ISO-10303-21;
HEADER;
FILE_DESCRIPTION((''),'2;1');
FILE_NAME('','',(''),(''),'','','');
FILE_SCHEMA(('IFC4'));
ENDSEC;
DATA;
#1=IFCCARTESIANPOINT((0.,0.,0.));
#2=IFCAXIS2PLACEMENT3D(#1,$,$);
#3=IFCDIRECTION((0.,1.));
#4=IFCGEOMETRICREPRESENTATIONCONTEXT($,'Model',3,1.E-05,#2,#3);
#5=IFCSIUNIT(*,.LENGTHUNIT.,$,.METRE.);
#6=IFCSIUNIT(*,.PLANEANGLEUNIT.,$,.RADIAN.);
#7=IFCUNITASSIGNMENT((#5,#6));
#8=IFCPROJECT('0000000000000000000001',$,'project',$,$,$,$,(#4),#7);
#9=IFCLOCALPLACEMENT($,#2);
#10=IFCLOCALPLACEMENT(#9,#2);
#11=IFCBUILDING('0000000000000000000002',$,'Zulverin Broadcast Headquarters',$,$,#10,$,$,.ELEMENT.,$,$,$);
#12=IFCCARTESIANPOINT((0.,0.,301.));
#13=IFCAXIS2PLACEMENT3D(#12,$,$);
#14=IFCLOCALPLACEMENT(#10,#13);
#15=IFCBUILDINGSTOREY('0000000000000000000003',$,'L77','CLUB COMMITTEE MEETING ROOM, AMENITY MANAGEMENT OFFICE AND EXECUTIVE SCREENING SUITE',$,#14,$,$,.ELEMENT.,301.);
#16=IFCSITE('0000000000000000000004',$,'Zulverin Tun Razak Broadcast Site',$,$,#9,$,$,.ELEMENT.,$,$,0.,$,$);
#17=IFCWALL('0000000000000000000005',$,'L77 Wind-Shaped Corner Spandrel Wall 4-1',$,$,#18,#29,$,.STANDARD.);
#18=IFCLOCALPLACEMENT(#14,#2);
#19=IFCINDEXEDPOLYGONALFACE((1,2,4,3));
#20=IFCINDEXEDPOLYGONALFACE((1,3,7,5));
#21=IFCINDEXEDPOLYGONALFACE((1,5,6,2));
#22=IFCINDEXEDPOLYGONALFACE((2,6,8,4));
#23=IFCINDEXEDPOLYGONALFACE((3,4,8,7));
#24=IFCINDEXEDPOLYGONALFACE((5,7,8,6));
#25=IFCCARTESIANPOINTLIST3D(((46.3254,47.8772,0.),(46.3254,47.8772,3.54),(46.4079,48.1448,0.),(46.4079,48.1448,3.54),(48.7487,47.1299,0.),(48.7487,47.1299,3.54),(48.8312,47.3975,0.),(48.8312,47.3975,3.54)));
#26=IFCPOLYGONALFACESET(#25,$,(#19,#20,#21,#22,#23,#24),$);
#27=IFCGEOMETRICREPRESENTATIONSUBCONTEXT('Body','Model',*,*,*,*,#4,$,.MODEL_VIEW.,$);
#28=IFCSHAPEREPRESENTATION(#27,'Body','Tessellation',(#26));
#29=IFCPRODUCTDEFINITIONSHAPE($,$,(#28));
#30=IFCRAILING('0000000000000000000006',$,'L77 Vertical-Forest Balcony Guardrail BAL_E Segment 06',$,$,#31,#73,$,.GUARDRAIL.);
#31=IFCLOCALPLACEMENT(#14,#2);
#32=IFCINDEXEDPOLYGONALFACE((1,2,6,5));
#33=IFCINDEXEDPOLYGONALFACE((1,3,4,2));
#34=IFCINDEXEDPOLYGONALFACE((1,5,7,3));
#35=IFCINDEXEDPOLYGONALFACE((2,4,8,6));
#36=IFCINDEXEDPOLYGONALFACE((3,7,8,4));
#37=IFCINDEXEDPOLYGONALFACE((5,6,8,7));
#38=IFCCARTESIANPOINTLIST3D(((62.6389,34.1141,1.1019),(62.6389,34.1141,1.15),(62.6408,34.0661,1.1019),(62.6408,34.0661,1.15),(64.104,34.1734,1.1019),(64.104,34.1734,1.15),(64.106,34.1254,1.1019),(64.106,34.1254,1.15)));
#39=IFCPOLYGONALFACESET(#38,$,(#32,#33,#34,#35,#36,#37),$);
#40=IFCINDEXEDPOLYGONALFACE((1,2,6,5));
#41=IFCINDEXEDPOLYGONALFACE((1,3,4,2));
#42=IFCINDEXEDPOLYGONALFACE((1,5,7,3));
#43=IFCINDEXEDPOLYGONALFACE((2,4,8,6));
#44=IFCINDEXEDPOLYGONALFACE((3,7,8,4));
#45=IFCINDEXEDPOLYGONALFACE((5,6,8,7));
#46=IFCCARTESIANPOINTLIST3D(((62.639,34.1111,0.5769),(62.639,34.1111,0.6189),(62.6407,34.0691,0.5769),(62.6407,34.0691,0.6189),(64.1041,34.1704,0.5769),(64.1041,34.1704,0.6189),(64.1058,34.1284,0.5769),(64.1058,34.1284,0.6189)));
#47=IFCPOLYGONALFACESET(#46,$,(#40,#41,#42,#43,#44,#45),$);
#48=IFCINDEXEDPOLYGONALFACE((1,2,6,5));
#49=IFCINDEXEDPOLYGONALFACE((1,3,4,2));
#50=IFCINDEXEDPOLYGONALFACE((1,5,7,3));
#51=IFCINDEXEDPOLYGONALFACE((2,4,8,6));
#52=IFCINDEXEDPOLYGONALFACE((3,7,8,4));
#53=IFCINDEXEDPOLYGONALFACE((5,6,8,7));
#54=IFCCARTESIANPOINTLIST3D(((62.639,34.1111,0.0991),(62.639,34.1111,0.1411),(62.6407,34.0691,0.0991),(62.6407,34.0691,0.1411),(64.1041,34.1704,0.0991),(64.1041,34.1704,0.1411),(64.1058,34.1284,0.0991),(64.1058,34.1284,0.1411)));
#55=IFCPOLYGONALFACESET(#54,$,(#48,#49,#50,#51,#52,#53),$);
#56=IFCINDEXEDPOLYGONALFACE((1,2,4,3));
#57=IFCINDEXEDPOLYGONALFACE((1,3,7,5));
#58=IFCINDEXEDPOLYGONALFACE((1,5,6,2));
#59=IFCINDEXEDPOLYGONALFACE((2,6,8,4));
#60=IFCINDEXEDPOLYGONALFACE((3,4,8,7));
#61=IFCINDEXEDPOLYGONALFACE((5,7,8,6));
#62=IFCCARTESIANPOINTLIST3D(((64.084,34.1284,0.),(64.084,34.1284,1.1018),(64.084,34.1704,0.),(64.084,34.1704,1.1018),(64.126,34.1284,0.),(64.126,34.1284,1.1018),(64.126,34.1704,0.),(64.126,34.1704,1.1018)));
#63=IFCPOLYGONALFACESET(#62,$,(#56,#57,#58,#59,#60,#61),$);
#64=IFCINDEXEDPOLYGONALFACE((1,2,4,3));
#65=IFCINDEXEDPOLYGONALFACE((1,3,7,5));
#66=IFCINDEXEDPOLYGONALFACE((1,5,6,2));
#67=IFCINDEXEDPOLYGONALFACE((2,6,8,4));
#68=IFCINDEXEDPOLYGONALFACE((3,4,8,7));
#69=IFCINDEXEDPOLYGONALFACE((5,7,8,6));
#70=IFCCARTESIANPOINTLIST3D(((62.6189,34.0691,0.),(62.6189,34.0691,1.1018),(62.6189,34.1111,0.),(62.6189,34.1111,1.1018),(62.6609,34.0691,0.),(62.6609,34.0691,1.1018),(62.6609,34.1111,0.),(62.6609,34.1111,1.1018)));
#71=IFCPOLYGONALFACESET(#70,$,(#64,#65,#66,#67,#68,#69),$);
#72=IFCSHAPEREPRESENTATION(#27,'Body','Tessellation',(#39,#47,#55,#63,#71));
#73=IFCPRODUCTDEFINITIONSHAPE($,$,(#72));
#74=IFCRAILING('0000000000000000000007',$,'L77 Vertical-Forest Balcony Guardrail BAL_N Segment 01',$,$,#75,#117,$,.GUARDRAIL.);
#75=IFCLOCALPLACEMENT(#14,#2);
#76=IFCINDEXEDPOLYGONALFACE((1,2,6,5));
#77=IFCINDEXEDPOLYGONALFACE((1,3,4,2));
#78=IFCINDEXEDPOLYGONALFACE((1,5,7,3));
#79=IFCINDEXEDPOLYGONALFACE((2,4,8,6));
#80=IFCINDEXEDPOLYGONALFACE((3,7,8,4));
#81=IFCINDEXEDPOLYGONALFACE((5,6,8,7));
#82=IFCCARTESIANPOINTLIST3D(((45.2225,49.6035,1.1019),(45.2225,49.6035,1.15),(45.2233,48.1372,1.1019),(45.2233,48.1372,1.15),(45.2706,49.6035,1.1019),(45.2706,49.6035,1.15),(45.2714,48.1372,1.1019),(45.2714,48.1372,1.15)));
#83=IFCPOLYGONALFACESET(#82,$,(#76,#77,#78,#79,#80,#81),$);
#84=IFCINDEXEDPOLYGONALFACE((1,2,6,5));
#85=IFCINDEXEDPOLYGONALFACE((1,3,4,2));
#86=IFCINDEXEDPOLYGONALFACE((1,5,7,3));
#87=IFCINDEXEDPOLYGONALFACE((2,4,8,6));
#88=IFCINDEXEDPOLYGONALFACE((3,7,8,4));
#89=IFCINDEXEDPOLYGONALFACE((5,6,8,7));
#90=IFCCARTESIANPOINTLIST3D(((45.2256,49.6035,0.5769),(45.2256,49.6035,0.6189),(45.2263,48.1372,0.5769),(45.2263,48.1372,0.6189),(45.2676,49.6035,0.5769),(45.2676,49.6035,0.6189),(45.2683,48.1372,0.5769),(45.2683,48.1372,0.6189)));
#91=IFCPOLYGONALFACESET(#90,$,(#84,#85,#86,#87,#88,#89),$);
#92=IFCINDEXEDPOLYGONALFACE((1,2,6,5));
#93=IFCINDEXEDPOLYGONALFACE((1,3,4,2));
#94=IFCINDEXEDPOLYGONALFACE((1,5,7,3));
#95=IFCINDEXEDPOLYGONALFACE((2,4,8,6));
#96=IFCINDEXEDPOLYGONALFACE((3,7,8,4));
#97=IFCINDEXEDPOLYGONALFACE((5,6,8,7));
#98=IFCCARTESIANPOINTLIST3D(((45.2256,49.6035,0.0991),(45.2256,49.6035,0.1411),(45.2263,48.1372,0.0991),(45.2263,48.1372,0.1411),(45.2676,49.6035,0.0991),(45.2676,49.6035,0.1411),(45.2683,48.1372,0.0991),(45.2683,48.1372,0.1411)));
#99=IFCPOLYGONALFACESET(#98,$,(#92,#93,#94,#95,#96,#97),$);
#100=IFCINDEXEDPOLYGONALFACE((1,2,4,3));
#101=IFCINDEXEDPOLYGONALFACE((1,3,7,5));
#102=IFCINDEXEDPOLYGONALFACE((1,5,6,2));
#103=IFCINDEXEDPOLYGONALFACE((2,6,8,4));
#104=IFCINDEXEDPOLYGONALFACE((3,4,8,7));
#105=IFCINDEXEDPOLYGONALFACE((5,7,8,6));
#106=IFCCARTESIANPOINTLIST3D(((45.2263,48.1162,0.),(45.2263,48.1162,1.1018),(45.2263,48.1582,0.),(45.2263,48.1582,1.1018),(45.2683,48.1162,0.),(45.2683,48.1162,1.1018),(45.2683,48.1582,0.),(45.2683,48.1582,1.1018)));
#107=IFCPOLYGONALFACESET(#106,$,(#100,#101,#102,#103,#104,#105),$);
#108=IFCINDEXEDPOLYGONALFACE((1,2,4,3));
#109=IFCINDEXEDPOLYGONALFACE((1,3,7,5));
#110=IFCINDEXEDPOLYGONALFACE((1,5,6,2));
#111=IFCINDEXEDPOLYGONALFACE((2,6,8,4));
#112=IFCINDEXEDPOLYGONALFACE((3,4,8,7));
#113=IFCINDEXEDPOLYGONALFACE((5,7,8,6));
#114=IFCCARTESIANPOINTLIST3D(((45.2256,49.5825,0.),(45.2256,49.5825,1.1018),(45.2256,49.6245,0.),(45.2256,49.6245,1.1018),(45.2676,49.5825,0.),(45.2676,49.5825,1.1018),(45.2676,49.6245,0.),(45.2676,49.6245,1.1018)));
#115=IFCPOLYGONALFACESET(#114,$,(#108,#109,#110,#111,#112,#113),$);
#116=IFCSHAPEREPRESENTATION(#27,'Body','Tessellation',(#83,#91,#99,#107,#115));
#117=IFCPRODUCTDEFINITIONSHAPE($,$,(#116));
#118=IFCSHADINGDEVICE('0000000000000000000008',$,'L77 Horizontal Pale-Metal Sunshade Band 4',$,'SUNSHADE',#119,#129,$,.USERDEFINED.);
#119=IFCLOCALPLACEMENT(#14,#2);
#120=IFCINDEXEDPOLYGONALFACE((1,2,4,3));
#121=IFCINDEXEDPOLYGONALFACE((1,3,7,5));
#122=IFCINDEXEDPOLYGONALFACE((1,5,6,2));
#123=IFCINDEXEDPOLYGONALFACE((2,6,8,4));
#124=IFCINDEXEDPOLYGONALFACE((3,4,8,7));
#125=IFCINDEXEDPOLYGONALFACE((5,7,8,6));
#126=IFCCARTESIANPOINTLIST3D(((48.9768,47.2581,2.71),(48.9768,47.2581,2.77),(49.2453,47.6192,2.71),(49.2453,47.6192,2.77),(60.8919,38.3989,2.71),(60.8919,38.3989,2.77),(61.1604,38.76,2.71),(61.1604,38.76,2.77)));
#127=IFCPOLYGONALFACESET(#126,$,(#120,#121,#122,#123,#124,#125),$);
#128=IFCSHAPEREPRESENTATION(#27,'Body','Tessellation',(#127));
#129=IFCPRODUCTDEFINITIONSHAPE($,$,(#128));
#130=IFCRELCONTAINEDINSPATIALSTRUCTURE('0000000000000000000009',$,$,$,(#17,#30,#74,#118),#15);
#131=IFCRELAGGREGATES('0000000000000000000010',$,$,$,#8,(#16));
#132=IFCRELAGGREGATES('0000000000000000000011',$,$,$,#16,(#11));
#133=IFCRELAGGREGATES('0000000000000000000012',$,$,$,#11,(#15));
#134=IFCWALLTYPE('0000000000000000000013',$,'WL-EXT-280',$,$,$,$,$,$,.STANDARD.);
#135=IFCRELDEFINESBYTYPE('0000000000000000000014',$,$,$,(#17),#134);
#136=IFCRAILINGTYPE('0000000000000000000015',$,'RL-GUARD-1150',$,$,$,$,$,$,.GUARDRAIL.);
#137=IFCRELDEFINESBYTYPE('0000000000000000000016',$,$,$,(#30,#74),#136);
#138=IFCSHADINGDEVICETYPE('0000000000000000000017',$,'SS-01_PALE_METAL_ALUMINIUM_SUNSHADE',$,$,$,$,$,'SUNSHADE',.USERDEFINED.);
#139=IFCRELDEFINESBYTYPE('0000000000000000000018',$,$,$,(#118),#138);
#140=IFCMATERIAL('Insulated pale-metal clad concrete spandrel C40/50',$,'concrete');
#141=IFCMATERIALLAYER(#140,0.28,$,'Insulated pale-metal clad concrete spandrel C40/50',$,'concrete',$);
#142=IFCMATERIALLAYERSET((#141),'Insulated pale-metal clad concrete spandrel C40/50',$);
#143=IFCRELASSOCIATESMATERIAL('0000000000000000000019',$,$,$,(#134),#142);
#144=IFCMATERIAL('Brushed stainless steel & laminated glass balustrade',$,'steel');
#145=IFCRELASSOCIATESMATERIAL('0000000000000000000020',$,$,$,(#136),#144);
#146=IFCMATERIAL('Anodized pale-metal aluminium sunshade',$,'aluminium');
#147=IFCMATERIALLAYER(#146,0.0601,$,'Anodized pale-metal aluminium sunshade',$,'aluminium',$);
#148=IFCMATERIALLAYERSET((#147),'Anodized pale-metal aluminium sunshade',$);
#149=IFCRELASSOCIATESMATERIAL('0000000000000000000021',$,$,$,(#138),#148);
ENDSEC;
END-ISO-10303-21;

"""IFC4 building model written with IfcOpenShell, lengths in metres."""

from ifc_helpers import new_model, si_unit, direction, frame, frame_2d, origin, origin_2d, place, context, subcontext, project, spatial, rectangle, extrude, material, layer, layer_set, type_object, element, save


model = new_model("IFC4")

# Units and contexts
model_context = context("Model", 3, precision=1e-05, world=origin(), true_north=direction((0.0, 1.0)))
body_context = subcontext(model_context, "Body", "Model", "MODEL_VIEW")
ifc_project = project(units=[si_unit("LENGTHUNIT", "METRE"), si_unit("PLANEANGLEUNIT", "RADIAN")], contexts=[model_context])

# Site, building, storey
site_placement = place(None, origin())
site = spatial("IfcSite", under=ifc_project, at=site_placement, Name="Zulverin Tun Razak Broadcast Site", CompositionType="ELEMENT", RefElevation=0.0)
building_placement = place(site_placement, origin())
building = spatial("IfcBuilding", under=site, at=building_placement, Name="Zulverin Broadcast Headquarters", CompositionType="ELEMENT")
storey_placement = place(building_placement, frame((0.0, 0.0, 301.0)))
storey = spatial("IfcBuildingStorey", under=building, at=storey_placement, Name="L77", Description="CLUB COMMITTEE MEETING ROOM, AMENITY MANAGEMENT OFFICE AND EXECUTIVE SCREENING SUITE", CompositionType="ELEMENT", Elevation=301.0)

# Shared definitions
ifc_material_1 = material(Name="Insulated pale-metal clad concrete spandrel C40/50", Category="concrete")
ifc_layer_1 = layer(ifc_material_1, 0.28, Name="Insulated pale-metal clad concrete spandrel C40/50", Category="concrete")
ifc_layer_set_1 = layer_set([ifc_layer_1], Name="Insulated pale-metal clad concrete spandrel C40/50")
wall_type = type_object("IfcWallType", Name="WL-EXT-280", PredefinedType="STANDARD", material=ifc_layer_set_1)

# Wall
wall_1_placement = place(storey_placement, frame((48.79, 47.2637, 0.0), z_axis=(0.0, 0.0, 1.0), x_axis=(-0.955594, 0.294688, 0.0)))
element("IfcWall", 1, at=wall_1_placement, inside=storey, type_object=wall_type, Name="L77 Wind-Shaped Corner Spandrel Wall 4-1", PredefinedType="STANDARD", context=body_context, shape_type="SweptSolid", body=[
    extrude(rectangle(XDim=2.5359, YDim=0.28, at=frame_2d((1.2681, 0.0))), origin(), (0.0, 0.0, 1.0), 3.54),
])

# Railings
ifc_material_2 = material(Name="Brushed stainless steel & laminated glass balustrade", Category="steel")
railing_type = type_object("IfcRailingType", Name="RL-GUARD-1150", PredefinedType="GUARDRAIL", material=ifc_material_2)
railing_1_placement = place(storey_placement, frame((64.105, 34.1494, 0.0)))
element("IfcRailing", 2, at=railing_1_placement, inside=storey, type_object=railing_type, Name="L77 Vertical-Forest Balcony Guardrail BAL_E Segment 06", PredefinedType="GUARDRAIL", context=body_context, shape_type="SweptSolid", body=[
    extrude(rectangle(XDim=0.0481, YDim=0.0481, at=origin_2d()), frame((0.0, 0.0, 1.126), z_axis=(-0.999181, -0.04046, 0.0), x_axis=(0.04046, -0.999181, 0.0)), (0.0, 0.0, 1.0), 1.4663),
    extrude(rectangle(XDim=0.042, YDim=0.042, at=origin_2d()), frame((0.0, 0.0, 0.5979), z_axis=(-0.999181, -0.04046, 0.0), x_axis=(0.04046, -0.999181, 0.0)), (0.0, 0.0, 1.0), 1.4663),
    extrude(rectangle(XDim=0.042, YDim=0.042, at=origin_2d()), frame((0.0, 0.0, 0.1201), z_axis=(-0.999181, -0.04046, 0.0), x_axis=(0.04046, -0.999181, 0.0)), (0.0, 0.0, 1.0), 1.4663),
    extrude(rectangle(XDim=0.042, YDim=0.042, at=origin_2d()), origin(), (0.0, 0.0, 1.0), 1.1018),
    extrude(rectangle(XDim=0.042, YDim=0.042, at=origin_2d()), frame((-1.4651, -0.0593, 0.0)), (0.0, 0.0, 1.0), 1.1018),
])
railing_2_placement = place(storey_placement, frame((45.2473, 48.1372, 0.0)))
element("IfcRailing", 3, at=railing_2_placement, inside=storey, type_object=railing_type, Name="L77 Vertical-Forest Balcony Guardrail BAL_N Segment 01", PredefinedType="GUARDRAIL", context=body_context, shape_type="SweptSolid", body=[
    extrude(rectangle(XDim=0.0481, YDim=0.0481, at=origin_2d()), frame((0.0, 0.0, 1.126), z_axis=(-0.0005, 1.0, 0.0), x_axis=(-1.0, -0.0005, 0.0)), (0.0, 0.0, 1.0), 1.4663),
    extrude(rectangle(XDim=0.042, YDim=0.042, at=origin_2d()), frame((0.0, 0.0, 0.5979), z_axis=(-0.0005, 1.0, 0.0), x_axis=(-1.0, -0.0005, 0.0)), (0.0, 0.0, 1.0), 1.4663),
    extrude(rectangle(XDim=0.042, YDim=0.042, at=origin_2d()), frame((0.0, 0.0, 0.1201), z_axis=(-0.0005, 1.0, 0.0), x_axis=(-1.0, -0.0005, 0.0)), (0.0, 0.0, 1.0), 1.4663),
    extrude(rectangle(XDim=0.042, YDim=0.042, at=origin_2d()), origin(), (0.0, 0.0, 1.0), 1.1018),
    extrude(rectangle(XDim=0.042, YDim=0.042, at=origin_2d()), frame((-0.0007, 1.4663, 0.0)), (0.0, 0.0, 1.0), 1.1018),
])

# Shading device
ifc_material_3 = material(Name="Anodized pale-metal aluminium sunshade", Category="aluminium")
ifc_layer_2 = layer(ifc_material_3, 0.0601, Name="Anodized pale-metal aluminium sunshade", Category="aluminium")
ifc_layer_set_2 = layer_set([ifc_layer_2], Name="Anodized pale-metal aluminium sunshade")
shading_device_type = type_object("IfcShadingDeviceType", Name="SS-01_PALE_METAL_ALUMINIUM_SUNSHADE", ElementType="SUNSHADE", PredefinedType="USERDEFINED", material=ifc_layer_set_2)
shading_device_placement = place(storey_placement, frame((55.0686, 43.009, 2.71), z_axis=(0.0, 0.0, 1.0), x_axis=(-0.802486, 0.59667, 0.0)))
element("IfcShadingDevice", 4, at=shading_device_placement, inside=storey, type_object=shading_device_type, Name="L77 Horizontal Pale-Metal Sunshade Band 4", ObjectType="SUNSHADE", PredefinedType="USERDEFINED", context=body_context, shape_type="SweptSolid", body=[
    extrude(rectangle(XDim=14.8477, YDim=0.45, at=origin_2d()), origin(), (0.0, 0.0, 1.0), 0.0601),
])

save(model, "model.ifc")
